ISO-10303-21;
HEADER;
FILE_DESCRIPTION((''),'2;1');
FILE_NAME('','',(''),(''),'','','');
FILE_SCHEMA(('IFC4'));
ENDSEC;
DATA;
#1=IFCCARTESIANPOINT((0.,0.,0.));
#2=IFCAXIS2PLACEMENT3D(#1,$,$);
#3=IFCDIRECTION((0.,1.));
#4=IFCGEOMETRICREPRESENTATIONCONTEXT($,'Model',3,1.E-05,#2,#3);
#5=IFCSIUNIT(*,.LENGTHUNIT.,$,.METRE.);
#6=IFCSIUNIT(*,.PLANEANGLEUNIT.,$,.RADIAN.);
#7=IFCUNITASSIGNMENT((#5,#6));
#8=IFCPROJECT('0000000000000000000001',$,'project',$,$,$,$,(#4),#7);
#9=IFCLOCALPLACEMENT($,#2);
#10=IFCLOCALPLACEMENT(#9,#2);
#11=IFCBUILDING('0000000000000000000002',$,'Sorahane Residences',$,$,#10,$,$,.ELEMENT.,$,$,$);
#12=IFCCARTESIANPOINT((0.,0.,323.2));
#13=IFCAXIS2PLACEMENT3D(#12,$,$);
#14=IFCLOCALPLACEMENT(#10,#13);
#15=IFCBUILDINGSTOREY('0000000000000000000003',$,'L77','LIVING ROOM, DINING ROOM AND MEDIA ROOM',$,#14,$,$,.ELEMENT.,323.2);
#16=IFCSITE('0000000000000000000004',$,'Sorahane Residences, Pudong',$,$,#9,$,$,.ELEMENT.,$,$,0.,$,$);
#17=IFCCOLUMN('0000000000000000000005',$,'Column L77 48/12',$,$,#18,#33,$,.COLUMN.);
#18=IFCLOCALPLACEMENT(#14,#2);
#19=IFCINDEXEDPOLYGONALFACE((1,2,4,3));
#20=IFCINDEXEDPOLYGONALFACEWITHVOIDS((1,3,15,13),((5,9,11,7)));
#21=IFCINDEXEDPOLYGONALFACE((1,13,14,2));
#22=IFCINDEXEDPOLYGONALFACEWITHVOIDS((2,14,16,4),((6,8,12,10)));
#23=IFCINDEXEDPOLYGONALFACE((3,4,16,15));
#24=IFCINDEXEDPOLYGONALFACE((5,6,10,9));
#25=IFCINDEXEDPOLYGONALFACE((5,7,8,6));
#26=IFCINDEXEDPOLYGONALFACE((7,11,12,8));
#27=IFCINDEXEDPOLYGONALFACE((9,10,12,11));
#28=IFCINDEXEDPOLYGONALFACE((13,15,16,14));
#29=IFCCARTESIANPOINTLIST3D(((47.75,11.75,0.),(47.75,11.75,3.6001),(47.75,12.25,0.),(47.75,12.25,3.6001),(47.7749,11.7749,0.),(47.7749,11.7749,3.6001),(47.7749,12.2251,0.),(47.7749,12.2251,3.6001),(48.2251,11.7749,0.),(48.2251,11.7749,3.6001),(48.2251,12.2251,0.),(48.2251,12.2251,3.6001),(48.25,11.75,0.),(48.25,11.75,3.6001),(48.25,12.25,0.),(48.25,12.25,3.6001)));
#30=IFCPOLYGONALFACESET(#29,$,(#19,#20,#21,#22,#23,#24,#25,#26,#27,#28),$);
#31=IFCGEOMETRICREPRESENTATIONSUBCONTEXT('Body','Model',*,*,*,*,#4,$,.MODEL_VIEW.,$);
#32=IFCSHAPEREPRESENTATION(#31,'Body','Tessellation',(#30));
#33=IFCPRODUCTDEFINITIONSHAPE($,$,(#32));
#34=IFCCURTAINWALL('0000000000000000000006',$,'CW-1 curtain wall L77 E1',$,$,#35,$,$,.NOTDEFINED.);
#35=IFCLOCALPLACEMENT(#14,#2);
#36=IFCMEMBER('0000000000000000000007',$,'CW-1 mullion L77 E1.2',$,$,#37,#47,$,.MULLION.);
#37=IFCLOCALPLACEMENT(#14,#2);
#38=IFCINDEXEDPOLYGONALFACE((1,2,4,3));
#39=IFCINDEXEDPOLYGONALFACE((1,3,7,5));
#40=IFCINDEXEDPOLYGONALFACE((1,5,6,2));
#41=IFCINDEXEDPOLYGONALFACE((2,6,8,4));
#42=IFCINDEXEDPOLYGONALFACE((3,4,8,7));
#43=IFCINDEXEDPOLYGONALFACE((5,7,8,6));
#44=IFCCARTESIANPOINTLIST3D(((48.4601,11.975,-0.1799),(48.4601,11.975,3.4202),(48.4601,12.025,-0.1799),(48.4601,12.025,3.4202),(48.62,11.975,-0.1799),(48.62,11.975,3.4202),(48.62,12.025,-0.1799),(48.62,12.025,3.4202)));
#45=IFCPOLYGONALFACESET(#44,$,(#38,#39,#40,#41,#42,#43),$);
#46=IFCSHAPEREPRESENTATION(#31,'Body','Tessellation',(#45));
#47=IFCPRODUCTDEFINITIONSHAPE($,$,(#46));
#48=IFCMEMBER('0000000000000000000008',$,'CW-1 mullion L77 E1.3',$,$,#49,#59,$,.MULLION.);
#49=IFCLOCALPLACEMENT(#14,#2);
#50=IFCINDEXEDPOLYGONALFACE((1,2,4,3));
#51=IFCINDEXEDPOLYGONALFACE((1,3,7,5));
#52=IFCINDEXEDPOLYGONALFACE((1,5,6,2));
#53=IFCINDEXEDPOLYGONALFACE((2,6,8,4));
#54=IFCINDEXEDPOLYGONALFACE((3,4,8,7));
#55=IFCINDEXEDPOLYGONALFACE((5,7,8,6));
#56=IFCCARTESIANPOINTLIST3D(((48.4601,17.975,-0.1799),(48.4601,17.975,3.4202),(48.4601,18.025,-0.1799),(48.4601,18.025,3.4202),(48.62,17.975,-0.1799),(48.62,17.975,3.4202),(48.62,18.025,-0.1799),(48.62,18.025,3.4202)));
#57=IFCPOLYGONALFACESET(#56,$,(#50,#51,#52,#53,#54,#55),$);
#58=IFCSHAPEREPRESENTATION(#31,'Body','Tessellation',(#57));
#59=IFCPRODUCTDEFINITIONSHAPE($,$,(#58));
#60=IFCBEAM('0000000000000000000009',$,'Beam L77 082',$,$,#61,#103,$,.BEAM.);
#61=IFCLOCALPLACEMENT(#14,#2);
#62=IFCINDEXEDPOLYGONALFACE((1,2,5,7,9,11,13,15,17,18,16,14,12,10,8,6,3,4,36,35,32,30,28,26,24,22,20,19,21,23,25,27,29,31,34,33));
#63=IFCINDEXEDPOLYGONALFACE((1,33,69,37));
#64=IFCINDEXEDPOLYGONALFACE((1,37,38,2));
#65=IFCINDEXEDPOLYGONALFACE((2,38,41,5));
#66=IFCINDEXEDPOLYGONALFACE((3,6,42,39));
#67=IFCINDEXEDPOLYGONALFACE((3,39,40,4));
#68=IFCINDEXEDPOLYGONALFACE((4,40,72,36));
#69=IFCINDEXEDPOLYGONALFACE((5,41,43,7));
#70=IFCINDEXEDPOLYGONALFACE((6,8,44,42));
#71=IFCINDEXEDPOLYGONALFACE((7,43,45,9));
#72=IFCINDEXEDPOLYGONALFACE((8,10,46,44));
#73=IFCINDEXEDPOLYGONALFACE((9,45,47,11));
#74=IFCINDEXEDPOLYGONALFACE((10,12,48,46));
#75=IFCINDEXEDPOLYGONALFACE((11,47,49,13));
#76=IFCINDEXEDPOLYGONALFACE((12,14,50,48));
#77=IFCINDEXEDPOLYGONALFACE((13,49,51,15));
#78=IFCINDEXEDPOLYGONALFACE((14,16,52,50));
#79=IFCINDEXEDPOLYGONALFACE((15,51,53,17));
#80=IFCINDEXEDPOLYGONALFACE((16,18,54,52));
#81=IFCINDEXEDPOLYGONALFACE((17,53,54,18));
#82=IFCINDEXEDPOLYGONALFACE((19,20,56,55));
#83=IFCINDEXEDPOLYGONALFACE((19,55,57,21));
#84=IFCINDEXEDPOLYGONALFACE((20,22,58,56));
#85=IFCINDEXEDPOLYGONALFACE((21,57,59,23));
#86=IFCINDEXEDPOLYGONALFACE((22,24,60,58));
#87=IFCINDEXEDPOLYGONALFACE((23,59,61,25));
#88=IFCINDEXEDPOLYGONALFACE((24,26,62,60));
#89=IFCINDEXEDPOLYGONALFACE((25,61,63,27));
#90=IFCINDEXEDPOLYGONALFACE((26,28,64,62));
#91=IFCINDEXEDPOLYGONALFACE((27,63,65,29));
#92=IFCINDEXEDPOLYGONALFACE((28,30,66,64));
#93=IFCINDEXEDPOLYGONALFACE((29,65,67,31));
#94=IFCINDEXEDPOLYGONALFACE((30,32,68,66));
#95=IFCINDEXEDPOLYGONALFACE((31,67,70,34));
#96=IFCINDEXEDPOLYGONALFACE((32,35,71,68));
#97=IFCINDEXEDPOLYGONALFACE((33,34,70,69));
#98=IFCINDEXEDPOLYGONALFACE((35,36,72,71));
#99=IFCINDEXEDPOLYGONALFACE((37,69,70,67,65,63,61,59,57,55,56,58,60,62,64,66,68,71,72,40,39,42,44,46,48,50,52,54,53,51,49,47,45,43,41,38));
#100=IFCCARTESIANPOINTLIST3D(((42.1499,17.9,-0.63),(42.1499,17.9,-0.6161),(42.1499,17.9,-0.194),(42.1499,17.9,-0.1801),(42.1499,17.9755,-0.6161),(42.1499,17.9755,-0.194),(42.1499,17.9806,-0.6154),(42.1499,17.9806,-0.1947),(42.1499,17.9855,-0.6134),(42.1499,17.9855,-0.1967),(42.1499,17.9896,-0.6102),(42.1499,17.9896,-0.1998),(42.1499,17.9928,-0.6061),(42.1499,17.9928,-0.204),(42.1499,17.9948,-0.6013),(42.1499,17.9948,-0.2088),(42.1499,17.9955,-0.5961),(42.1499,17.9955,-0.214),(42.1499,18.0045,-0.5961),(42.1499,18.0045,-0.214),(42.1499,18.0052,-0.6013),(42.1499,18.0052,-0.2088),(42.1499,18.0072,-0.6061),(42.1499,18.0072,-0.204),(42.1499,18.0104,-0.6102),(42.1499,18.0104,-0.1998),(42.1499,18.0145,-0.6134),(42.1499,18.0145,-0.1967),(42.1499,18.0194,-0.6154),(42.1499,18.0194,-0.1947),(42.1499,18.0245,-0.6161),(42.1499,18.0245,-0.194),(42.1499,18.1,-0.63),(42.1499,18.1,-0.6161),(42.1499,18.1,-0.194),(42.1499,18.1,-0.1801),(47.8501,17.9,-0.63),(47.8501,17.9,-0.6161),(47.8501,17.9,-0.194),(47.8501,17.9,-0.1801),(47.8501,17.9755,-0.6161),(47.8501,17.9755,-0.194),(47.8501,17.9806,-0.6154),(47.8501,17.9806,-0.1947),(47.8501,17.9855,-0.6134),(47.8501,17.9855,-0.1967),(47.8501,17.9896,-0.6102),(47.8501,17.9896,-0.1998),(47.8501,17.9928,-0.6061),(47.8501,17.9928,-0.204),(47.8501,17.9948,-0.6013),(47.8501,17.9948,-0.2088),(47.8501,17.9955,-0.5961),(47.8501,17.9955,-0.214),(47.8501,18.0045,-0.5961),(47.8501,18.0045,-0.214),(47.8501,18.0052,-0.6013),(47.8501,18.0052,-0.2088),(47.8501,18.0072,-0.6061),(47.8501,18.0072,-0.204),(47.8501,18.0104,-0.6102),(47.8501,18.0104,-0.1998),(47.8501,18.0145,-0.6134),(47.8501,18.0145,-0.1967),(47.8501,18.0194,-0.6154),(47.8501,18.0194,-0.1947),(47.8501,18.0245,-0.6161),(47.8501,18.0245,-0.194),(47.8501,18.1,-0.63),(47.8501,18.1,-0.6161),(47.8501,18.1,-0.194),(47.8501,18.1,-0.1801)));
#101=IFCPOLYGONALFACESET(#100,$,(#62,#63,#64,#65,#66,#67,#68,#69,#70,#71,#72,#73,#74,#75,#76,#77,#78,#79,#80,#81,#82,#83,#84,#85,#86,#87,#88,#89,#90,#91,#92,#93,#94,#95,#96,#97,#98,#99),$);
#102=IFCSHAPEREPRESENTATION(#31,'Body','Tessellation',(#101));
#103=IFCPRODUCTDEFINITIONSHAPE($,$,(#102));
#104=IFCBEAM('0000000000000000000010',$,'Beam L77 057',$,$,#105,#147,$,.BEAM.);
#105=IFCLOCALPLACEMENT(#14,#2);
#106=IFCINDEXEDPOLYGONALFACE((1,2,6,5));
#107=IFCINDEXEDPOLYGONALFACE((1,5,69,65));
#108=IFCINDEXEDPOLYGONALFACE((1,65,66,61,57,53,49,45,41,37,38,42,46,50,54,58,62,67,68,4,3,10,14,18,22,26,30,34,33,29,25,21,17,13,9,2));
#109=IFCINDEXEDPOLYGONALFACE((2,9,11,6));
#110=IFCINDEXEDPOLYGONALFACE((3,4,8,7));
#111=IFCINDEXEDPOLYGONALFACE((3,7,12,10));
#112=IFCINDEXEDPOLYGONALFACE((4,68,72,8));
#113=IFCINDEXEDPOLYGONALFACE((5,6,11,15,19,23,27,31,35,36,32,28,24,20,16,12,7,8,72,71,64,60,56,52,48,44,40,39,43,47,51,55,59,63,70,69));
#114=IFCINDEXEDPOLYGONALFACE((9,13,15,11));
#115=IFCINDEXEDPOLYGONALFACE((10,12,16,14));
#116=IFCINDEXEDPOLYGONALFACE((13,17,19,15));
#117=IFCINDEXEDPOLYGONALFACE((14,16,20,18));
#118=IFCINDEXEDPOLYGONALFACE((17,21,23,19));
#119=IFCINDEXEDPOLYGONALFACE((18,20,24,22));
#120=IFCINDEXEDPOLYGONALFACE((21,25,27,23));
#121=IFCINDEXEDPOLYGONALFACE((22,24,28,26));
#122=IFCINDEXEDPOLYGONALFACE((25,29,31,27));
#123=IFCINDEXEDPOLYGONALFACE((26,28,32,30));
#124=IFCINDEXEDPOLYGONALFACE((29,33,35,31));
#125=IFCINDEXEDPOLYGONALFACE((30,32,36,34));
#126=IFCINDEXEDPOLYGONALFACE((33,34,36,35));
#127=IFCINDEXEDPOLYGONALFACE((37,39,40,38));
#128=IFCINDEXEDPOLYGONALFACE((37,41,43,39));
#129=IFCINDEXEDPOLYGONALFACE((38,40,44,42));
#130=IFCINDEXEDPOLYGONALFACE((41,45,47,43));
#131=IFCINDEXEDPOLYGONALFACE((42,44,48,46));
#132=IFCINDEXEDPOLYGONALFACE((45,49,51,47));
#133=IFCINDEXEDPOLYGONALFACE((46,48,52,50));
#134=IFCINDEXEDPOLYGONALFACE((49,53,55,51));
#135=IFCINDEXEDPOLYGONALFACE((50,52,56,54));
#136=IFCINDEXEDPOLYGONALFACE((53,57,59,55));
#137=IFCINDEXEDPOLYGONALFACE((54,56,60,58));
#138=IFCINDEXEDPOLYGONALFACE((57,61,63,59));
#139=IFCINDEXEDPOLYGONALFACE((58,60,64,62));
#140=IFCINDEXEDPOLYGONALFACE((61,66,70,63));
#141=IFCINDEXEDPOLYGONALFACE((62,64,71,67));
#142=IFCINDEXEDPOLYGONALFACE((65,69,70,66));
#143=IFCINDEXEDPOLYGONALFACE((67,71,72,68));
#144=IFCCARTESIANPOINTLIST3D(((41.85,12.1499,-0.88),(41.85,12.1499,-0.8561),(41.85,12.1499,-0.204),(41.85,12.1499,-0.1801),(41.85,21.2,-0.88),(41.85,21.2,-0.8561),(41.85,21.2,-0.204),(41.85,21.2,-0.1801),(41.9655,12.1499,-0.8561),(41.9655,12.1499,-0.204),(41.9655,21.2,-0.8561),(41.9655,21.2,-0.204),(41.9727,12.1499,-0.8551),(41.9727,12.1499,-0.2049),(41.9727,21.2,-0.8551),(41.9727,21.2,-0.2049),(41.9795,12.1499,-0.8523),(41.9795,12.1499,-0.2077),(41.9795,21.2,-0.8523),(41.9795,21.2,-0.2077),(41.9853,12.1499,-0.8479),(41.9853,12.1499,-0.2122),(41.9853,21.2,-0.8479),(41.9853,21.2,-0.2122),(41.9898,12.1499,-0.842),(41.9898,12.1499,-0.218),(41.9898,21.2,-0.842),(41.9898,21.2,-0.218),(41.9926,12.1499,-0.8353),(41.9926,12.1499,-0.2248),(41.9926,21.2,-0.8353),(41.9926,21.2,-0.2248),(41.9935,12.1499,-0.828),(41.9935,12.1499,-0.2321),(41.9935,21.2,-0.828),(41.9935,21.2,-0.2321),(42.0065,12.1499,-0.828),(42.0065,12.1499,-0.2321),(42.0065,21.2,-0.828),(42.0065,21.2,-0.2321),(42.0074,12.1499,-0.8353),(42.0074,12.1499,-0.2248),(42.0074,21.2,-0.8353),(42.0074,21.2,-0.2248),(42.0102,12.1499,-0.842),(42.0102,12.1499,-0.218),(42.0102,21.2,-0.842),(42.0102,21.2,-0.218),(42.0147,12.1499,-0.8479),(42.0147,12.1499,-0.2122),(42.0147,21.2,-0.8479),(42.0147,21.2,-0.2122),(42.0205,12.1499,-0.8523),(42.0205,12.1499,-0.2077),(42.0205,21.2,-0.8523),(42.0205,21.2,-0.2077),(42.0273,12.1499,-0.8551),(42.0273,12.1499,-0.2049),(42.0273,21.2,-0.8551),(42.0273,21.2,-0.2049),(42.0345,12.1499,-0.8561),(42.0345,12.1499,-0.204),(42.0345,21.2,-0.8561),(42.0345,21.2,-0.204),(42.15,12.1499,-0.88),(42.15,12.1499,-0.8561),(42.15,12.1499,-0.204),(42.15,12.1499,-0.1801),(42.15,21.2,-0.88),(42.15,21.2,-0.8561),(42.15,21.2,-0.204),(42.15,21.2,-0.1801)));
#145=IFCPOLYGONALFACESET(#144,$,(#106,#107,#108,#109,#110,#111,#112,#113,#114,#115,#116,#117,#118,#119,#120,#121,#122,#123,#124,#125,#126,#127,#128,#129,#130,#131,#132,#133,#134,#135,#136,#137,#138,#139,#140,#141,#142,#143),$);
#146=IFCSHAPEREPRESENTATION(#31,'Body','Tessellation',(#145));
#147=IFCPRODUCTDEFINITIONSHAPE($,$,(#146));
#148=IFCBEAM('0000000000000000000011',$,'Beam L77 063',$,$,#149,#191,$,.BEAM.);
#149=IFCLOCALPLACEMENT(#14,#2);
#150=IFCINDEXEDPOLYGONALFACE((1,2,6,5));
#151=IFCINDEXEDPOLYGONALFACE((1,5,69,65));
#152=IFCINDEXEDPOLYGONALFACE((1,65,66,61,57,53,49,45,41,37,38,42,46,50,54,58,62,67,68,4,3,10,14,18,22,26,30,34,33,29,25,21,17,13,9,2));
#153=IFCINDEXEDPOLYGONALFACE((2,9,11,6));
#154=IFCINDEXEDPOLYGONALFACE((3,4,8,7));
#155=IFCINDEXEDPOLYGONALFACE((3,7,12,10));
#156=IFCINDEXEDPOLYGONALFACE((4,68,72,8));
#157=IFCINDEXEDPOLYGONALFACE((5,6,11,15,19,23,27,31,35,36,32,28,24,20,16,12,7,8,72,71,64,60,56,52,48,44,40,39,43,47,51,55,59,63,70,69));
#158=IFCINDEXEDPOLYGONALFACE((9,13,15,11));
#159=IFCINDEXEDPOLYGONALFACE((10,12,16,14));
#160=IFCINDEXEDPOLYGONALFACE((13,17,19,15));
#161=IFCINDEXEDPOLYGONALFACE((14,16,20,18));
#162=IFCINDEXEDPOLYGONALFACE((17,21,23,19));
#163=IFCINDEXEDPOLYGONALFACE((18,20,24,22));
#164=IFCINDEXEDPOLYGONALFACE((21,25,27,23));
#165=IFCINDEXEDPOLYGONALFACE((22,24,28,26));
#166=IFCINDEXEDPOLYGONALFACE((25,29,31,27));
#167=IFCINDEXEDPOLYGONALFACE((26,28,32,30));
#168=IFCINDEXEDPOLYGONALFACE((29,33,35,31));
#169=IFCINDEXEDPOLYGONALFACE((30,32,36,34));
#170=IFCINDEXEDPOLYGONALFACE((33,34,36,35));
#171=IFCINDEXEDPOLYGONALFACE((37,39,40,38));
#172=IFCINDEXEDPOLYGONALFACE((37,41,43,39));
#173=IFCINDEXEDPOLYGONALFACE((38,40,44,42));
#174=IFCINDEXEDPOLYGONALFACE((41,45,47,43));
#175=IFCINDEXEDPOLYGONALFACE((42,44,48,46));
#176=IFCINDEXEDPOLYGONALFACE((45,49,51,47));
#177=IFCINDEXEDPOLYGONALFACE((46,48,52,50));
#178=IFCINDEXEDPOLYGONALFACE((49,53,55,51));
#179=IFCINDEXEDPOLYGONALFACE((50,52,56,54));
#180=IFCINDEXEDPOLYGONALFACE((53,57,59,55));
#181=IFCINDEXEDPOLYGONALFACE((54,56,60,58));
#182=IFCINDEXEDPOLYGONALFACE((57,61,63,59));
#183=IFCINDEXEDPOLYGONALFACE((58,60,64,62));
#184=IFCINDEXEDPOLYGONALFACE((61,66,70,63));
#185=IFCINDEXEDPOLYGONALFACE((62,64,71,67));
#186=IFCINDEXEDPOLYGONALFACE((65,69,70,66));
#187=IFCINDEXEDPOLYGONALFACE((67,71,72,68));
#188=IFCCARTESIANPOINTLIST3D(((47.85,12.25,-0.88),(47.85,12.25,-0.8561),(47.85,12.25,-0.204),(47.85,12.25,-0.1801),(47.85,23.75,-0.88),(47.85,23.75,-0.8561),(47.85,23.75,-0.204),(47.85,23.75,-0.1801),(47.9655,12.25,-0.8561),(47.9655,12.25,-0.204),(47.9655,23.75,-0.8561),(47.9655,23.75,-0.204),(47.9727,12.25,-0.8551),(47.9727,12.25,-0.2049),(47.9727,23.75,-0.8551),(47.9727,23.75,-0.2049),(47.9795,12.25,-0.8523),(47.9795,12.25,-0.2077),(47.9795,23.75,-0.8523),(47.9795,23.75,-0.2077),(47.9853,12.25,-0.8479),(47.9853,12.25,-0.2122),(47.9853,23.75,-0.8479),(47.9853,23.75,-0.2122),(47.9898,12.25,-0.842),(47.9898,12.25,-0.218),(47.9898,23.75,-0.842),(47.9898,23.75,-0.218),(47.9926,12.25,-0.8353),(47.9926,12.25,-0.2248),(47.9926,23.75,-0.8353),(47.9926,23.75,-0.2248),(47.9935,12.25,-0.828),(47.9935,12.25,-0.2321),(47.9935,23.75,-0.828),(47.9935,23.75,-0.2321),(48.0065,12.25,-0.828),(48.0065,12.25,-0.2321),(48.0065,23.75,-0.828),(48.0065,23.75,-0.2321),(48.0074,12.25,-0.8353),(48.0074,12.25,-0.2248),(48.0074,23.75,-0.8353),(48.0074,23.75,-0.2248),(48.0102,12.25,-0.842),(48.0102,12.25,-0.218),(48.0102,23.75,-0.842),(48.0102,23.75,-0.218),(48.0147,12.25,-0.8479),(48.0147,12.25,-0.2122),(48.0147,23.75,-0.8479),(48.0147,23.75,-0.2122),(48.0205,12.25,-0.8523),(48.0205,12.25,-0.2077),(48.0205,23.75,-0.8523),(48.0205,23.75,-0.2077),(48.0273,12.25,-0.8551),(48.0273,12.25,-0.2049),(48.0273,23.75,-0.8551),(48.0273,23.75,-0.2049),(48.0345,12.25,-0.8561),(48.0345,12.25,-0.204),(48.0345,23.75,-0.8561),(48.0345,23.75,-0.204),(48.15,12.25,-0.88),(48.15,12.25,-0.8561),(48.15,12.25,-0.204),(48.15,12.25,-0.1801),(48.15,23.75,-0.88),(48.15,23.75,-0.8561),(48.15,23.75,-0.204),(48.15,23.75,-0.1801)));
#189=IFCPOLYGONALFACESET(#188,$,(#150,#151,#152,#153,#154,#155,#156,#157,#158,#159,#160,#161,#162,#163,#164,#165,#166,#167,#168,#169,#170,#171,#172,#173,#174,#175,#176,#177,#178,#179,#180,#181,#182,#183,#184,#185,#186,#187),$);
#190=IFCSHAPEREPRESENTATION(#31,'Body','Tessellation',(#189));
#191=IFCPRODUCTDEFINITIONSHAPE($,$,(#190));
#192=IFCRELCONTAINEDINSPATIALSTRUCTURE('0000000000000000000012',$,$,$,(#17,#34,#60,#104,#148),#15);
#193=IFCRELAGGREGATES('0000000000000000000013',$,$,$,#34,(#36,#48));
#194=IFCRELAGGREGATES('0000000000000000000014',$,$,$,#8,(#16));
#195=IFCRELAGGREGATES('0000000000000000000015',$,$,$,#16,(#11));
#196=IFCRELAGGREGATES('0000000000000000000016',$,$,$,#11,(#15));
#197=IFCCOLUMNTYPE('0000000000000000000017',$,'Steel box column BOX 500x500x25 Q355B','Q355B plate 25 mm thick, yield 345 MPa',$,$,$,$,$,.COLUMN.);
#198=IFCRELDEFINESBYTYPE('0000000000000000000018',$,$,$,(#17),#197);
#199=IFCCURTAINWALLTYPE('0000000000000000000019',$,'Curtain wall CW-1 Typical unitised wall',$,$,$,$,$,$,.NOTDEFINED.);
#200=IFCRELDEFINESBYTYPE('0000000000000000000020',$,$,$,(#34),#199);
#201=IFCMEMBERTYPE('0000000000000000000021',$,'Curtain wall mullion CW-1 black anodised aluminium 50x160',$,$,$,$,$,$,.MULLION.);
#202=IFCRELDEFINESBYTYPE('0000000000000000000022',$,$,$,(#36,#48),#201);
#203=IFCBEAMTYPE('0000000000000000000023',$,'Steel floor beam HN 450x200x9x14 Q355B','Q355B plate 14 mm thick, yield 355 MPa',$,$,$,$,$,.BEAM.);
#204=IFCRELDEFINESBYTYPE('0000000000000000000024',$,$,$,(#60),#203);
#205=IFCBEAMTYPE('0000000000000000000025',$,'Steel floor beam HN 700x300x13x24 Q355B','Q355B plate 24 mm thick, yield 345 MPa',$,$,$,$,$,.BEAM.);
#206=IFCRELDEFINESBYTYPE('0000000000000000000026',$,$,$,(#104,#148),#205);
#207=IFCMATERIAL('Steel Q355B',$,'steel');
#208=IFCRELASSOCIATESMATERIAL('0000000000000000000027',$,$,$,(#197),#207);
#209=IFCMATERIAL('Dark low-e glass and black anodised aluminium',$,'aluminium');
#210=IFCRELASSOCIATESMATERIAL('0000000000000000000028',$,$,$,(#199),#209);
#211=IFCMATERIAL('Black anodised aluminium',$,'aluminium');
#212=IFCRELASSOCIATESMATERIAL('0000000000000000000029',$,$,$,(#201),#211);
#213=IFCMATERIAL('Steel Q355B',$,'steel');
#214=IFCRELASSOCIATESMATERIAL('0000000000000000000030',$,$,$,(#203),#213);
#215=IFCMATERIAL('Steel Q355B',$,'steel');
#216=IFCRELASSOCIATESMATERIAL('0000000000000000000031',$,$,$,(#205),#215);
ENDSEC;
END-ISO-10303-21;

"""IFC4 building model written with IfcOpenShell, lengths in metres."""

from ifc_helpers import new_model, si_unit, direction, frame, origin, origin_2d, place, context, subcontext, project, spatial, rectangle, hollow_rectangle, i_section, extrude, material, material_profile, profile_set, type_object, element, aggregate, save


model = new_model("IFC4")

# Units and contexts
model_context = context("Model", 3, precision=1e-05, world=origin(), true_north=direction((0.0, 1.0)))
body_context = subcontext(model_context, "Body", "Model", "MODEL_VIEW")
ifc_project = project(units=[si_unit("LENGTHUNIT", "METRE"), si_unit("PLANEANGLEUNIT", "RADIAN")], contexts=[model_context])

# Site, building, storey
site_placement = place(None, origin())
site = spatial("IfcSite", under=ifc_project, at=site_placement, Name="Sorahane Residences, Pudong", CompositionType="ELEMENT", RefElevation=0.0)
building_placement = place(site_placement, origin())
building = spatial("IfcBuilding", under=site, at=building_placement, Name="Sorahane Residences", CompositionType="ELEMENT")
storey_placement = place(building_placement, frame((0.0, 0.0, 323.2)))
storey = spatial("IfcBuildingStorey", under=building, at=storey_placement, Name="L77", Description="LIVING ROOM, DINING ROOM AND MEDIA ROOM", CompositionType="ELEMENT", Elevation=323.2)

# Column
ifc_material_1 = material(Name="Steel Q355B", Category="steel")
ifc_material_profile_1 = material_profile(ifc_material_1, hollow_rectangle(XDim=0.5, YDim=0.5, WallThickness=0.0249, at=origin_2d()), Name="BOX 500x500x25")
ifc_profile_set_1 = profile_set([ifc_material_profile_1], Name="Steel Q355B")
column_type = type_object("IfcColumnType", Name="Steel box column BOX 500x500x25 Q355B", Description="Q355B plate 25 mm thick, yield 345 MPa", PredefinedType="COLUMN", material=ifc_profile_set_1)
column_placement = place(storey_placement, frame((48.0, 12.0, 0.0), z_axis=(0.0, 0.0, 1.0), x_axis=(1.0, 0.0, 0.0)))
element("IfcColumn", 1, at=column_placement, inside=storey, type_object=column_type, Name="Column L77 48/12", PredefinedType="COLUMN", context=body_context, shape_type="SweptSolid", body=[
    extrude(hollow_rectangle(XDim=0.5, YDim=0.5, WallThickness=0.0249, at=origin_2d()), origin(), (0.0, 0.0, 1.0), 3.6001),
])

# Curtain wall, members
ifc_material_2 = material(Name="Dark low-e glass and black anodised aluminium", Category="aluminium")
curtain_wall_type = type_object("IfcCurtainWallType", Name="Curtain wall CW-1 Typical unitised wall", PredefinedType="NOTDEFINED", material=ifc_material_2)
curtain_wall_placement = place(storey_placement, origin())
curtain_wall = element("IfcCurtainWall", 2, at=curtain_wall_placement, inside=storey, type_object=curtain_wall_type, Name="CW-1 curtain wall L77 E1", PredefinedType="NOTDEFINED")
ifc_material_3 = material(Name="Black anodised aluminium", Category="aluminium")
ifc_material_profile_2 = material_profile(ifc_material_3, rectangle(XDim=0.1599, YDim=0.05, at=origin_2d()), Name="Curtain wall mullion CW-1 black anodised aluminium 50x160")
ifc_profile_set_2 = profile_set([ifc_material_profile_2], Name="Black anodised aluminium")
member_type = type_object("IfcMemberType", Name="Curtain wall mullion CW-1 black anodised aluminium 50x160", PredefinedType="MULLION", material=ifc_profile_set_2)
member_1_placement = place(storey_placement, frame((48.54, 12.0, -0.1799), z_axis=(0.0, 0.0, 1.0), x_axis=(1.0, 0.0, 0.0)))
member_1 = element("IfcMember", 3, at=member_1_placement, type_object=member_type, Name="CW-1 mullion L77 E1.2", PredefinedType="MULLION", context=body_context, shape_type="SweptSolid", body=[
    extrude(rectangle(XDim=0.1599, YDim=0.05, at=origin_2d()), origin(), (0.0, 0.0, 1.0), 3.6001),
])
member_2_placement = place(storey_placement, frame((48.54, 18.0, -0.1799), z_axis=(0.0, 0.0, 1.0), x_axis=(1.0, 0.0, 0.0)))
member_2 = element("IfcMember", 4, at=member_2_placement, type_object=member_type, Name="CW-1 mullion L77 E1.3", PredefinedType="MULLION", context=body_context, shape_type="SweptSolid", body=[
    extrude(rectangle(XDim=0.1599, YDim=0.05, at=origin_2d()), origin(), (0.0, 0.0, 1.0), 3.6001),
])

# Beams
ifc_material_4 = material(Name="Steel Q355B", Category="steel")
ifc_material_profile_3 = material_profile(ifc_material_4, i_section(OverallWidth=0.2, OverallDepth=0.45, WebThickness=0.009, FlangeThickness=0.0139, FilletRadius=0.02, at=origin_2d()), Name="HN 450x200x9x14")
ifc_profile_set_3 = profile_set([ifc_material_profile_3], Name="Steel Q355B")
beam_type_1 = type_object("IfcBeamType", Name="Steel floor beam HN 450x200x9x14 Q355B", Description="Q355B plate 14 mm thick, yield 355 MPa", PredefinedType="BEAM", material=ifc_profile_set_3)
beam_1_placement = place(storey_placement, frame((42.1499, 18.0, -0.405), z_axis=(1.0, 0.0, 0.0), x_axis=(0.0, 1.0, 0.0)))
element("IfcBeam", 5, at=beam_1_placement, inside=storey, type_object=beam_type_1, Name="Beam L77 082", PredefinedType="BEAM", context=body_context, shape_type="SweptSolid", body=[
    extrude(i_section(OverallWidth=0.2, OverallDepth=0.45, WebThickness=0.009, FlangeThickness=0.0139, FilletRadius=0.02, at=origin_2d()), origin(), (0.0, 0.0, 1.0), 5.7002),
])
ifc_material_5 = material(Name="Steel Q355B", Category="steel")
ifc_material_profile_4 = material_profile(ifc_material_5, i_section(OverallWidth=0.3, OverallDepth=0.7, WebThickness=0.0129, FlangeThickness=0.0239, FilletRadius=0.0281, at=origin_2d()), Name="HN 700x300x13x24")
ifc_profile_set_4 = profile_set([ifc_material_profile_4], Name="Steel Q355B")
beam_type_2 = type_object("IfcBeamType", Name="Steel floor beam HN 700x300x13x24 Q355B", Description="Q355B plate 24 mm thick, yield 345 MPa", PredefinedType="BEAM", material=ifc_profile_set_4)
beam_2_placement = place(storey_placement, frame((42.0, 12.1499, -0.53), z_axis=(0.0, 1.0, 0.0), x_axis=(-1.0, 0.0, 0.0)))
element("IfcBeam", 6, at=beam_2_placement, inside=storey, type_object=beam_type_2, Name="Beam L77 057", PredefinedType="BEAM", context=body_context, shape_type="SweptSolid", body=[
    extrude(i_section(OverallWidth=0.3, OverallDepth=0.7, WebThickness=0.0129, FlangeThickness=0.0239, FilletRadius=0.0281, at=origin_2d()), origin(), (0.0, 0.0, 1.0), 9.05),
])
beam_3_placement = place(storey_placement, frame((48.0, 12.25, -0.53), z_axis=(0.0, 1.0, 0.0), x_axis=(-1.0, 0.0, 0.0)))
element("IfcBeam", 7, at=beam_3_placement, inside=storey, type_object=beam_type_2, Name="Beam L77 063", PredefinedType="BEAM", context=body_context, shape_type="SweptSolid", body=[
    extrude(i_section(OverallWidth=0.3, OverallDepth=0.7, WebThickness=0.0129, FlangeThickness=0.0239, FilletRadius=0.0281, at=origin_2d()), origin(), (0.0, 0.0, 1.0), 11.5),
])

aggregate(curtain_wall, [member_1, member_2])

save(model, "model.ifc")
